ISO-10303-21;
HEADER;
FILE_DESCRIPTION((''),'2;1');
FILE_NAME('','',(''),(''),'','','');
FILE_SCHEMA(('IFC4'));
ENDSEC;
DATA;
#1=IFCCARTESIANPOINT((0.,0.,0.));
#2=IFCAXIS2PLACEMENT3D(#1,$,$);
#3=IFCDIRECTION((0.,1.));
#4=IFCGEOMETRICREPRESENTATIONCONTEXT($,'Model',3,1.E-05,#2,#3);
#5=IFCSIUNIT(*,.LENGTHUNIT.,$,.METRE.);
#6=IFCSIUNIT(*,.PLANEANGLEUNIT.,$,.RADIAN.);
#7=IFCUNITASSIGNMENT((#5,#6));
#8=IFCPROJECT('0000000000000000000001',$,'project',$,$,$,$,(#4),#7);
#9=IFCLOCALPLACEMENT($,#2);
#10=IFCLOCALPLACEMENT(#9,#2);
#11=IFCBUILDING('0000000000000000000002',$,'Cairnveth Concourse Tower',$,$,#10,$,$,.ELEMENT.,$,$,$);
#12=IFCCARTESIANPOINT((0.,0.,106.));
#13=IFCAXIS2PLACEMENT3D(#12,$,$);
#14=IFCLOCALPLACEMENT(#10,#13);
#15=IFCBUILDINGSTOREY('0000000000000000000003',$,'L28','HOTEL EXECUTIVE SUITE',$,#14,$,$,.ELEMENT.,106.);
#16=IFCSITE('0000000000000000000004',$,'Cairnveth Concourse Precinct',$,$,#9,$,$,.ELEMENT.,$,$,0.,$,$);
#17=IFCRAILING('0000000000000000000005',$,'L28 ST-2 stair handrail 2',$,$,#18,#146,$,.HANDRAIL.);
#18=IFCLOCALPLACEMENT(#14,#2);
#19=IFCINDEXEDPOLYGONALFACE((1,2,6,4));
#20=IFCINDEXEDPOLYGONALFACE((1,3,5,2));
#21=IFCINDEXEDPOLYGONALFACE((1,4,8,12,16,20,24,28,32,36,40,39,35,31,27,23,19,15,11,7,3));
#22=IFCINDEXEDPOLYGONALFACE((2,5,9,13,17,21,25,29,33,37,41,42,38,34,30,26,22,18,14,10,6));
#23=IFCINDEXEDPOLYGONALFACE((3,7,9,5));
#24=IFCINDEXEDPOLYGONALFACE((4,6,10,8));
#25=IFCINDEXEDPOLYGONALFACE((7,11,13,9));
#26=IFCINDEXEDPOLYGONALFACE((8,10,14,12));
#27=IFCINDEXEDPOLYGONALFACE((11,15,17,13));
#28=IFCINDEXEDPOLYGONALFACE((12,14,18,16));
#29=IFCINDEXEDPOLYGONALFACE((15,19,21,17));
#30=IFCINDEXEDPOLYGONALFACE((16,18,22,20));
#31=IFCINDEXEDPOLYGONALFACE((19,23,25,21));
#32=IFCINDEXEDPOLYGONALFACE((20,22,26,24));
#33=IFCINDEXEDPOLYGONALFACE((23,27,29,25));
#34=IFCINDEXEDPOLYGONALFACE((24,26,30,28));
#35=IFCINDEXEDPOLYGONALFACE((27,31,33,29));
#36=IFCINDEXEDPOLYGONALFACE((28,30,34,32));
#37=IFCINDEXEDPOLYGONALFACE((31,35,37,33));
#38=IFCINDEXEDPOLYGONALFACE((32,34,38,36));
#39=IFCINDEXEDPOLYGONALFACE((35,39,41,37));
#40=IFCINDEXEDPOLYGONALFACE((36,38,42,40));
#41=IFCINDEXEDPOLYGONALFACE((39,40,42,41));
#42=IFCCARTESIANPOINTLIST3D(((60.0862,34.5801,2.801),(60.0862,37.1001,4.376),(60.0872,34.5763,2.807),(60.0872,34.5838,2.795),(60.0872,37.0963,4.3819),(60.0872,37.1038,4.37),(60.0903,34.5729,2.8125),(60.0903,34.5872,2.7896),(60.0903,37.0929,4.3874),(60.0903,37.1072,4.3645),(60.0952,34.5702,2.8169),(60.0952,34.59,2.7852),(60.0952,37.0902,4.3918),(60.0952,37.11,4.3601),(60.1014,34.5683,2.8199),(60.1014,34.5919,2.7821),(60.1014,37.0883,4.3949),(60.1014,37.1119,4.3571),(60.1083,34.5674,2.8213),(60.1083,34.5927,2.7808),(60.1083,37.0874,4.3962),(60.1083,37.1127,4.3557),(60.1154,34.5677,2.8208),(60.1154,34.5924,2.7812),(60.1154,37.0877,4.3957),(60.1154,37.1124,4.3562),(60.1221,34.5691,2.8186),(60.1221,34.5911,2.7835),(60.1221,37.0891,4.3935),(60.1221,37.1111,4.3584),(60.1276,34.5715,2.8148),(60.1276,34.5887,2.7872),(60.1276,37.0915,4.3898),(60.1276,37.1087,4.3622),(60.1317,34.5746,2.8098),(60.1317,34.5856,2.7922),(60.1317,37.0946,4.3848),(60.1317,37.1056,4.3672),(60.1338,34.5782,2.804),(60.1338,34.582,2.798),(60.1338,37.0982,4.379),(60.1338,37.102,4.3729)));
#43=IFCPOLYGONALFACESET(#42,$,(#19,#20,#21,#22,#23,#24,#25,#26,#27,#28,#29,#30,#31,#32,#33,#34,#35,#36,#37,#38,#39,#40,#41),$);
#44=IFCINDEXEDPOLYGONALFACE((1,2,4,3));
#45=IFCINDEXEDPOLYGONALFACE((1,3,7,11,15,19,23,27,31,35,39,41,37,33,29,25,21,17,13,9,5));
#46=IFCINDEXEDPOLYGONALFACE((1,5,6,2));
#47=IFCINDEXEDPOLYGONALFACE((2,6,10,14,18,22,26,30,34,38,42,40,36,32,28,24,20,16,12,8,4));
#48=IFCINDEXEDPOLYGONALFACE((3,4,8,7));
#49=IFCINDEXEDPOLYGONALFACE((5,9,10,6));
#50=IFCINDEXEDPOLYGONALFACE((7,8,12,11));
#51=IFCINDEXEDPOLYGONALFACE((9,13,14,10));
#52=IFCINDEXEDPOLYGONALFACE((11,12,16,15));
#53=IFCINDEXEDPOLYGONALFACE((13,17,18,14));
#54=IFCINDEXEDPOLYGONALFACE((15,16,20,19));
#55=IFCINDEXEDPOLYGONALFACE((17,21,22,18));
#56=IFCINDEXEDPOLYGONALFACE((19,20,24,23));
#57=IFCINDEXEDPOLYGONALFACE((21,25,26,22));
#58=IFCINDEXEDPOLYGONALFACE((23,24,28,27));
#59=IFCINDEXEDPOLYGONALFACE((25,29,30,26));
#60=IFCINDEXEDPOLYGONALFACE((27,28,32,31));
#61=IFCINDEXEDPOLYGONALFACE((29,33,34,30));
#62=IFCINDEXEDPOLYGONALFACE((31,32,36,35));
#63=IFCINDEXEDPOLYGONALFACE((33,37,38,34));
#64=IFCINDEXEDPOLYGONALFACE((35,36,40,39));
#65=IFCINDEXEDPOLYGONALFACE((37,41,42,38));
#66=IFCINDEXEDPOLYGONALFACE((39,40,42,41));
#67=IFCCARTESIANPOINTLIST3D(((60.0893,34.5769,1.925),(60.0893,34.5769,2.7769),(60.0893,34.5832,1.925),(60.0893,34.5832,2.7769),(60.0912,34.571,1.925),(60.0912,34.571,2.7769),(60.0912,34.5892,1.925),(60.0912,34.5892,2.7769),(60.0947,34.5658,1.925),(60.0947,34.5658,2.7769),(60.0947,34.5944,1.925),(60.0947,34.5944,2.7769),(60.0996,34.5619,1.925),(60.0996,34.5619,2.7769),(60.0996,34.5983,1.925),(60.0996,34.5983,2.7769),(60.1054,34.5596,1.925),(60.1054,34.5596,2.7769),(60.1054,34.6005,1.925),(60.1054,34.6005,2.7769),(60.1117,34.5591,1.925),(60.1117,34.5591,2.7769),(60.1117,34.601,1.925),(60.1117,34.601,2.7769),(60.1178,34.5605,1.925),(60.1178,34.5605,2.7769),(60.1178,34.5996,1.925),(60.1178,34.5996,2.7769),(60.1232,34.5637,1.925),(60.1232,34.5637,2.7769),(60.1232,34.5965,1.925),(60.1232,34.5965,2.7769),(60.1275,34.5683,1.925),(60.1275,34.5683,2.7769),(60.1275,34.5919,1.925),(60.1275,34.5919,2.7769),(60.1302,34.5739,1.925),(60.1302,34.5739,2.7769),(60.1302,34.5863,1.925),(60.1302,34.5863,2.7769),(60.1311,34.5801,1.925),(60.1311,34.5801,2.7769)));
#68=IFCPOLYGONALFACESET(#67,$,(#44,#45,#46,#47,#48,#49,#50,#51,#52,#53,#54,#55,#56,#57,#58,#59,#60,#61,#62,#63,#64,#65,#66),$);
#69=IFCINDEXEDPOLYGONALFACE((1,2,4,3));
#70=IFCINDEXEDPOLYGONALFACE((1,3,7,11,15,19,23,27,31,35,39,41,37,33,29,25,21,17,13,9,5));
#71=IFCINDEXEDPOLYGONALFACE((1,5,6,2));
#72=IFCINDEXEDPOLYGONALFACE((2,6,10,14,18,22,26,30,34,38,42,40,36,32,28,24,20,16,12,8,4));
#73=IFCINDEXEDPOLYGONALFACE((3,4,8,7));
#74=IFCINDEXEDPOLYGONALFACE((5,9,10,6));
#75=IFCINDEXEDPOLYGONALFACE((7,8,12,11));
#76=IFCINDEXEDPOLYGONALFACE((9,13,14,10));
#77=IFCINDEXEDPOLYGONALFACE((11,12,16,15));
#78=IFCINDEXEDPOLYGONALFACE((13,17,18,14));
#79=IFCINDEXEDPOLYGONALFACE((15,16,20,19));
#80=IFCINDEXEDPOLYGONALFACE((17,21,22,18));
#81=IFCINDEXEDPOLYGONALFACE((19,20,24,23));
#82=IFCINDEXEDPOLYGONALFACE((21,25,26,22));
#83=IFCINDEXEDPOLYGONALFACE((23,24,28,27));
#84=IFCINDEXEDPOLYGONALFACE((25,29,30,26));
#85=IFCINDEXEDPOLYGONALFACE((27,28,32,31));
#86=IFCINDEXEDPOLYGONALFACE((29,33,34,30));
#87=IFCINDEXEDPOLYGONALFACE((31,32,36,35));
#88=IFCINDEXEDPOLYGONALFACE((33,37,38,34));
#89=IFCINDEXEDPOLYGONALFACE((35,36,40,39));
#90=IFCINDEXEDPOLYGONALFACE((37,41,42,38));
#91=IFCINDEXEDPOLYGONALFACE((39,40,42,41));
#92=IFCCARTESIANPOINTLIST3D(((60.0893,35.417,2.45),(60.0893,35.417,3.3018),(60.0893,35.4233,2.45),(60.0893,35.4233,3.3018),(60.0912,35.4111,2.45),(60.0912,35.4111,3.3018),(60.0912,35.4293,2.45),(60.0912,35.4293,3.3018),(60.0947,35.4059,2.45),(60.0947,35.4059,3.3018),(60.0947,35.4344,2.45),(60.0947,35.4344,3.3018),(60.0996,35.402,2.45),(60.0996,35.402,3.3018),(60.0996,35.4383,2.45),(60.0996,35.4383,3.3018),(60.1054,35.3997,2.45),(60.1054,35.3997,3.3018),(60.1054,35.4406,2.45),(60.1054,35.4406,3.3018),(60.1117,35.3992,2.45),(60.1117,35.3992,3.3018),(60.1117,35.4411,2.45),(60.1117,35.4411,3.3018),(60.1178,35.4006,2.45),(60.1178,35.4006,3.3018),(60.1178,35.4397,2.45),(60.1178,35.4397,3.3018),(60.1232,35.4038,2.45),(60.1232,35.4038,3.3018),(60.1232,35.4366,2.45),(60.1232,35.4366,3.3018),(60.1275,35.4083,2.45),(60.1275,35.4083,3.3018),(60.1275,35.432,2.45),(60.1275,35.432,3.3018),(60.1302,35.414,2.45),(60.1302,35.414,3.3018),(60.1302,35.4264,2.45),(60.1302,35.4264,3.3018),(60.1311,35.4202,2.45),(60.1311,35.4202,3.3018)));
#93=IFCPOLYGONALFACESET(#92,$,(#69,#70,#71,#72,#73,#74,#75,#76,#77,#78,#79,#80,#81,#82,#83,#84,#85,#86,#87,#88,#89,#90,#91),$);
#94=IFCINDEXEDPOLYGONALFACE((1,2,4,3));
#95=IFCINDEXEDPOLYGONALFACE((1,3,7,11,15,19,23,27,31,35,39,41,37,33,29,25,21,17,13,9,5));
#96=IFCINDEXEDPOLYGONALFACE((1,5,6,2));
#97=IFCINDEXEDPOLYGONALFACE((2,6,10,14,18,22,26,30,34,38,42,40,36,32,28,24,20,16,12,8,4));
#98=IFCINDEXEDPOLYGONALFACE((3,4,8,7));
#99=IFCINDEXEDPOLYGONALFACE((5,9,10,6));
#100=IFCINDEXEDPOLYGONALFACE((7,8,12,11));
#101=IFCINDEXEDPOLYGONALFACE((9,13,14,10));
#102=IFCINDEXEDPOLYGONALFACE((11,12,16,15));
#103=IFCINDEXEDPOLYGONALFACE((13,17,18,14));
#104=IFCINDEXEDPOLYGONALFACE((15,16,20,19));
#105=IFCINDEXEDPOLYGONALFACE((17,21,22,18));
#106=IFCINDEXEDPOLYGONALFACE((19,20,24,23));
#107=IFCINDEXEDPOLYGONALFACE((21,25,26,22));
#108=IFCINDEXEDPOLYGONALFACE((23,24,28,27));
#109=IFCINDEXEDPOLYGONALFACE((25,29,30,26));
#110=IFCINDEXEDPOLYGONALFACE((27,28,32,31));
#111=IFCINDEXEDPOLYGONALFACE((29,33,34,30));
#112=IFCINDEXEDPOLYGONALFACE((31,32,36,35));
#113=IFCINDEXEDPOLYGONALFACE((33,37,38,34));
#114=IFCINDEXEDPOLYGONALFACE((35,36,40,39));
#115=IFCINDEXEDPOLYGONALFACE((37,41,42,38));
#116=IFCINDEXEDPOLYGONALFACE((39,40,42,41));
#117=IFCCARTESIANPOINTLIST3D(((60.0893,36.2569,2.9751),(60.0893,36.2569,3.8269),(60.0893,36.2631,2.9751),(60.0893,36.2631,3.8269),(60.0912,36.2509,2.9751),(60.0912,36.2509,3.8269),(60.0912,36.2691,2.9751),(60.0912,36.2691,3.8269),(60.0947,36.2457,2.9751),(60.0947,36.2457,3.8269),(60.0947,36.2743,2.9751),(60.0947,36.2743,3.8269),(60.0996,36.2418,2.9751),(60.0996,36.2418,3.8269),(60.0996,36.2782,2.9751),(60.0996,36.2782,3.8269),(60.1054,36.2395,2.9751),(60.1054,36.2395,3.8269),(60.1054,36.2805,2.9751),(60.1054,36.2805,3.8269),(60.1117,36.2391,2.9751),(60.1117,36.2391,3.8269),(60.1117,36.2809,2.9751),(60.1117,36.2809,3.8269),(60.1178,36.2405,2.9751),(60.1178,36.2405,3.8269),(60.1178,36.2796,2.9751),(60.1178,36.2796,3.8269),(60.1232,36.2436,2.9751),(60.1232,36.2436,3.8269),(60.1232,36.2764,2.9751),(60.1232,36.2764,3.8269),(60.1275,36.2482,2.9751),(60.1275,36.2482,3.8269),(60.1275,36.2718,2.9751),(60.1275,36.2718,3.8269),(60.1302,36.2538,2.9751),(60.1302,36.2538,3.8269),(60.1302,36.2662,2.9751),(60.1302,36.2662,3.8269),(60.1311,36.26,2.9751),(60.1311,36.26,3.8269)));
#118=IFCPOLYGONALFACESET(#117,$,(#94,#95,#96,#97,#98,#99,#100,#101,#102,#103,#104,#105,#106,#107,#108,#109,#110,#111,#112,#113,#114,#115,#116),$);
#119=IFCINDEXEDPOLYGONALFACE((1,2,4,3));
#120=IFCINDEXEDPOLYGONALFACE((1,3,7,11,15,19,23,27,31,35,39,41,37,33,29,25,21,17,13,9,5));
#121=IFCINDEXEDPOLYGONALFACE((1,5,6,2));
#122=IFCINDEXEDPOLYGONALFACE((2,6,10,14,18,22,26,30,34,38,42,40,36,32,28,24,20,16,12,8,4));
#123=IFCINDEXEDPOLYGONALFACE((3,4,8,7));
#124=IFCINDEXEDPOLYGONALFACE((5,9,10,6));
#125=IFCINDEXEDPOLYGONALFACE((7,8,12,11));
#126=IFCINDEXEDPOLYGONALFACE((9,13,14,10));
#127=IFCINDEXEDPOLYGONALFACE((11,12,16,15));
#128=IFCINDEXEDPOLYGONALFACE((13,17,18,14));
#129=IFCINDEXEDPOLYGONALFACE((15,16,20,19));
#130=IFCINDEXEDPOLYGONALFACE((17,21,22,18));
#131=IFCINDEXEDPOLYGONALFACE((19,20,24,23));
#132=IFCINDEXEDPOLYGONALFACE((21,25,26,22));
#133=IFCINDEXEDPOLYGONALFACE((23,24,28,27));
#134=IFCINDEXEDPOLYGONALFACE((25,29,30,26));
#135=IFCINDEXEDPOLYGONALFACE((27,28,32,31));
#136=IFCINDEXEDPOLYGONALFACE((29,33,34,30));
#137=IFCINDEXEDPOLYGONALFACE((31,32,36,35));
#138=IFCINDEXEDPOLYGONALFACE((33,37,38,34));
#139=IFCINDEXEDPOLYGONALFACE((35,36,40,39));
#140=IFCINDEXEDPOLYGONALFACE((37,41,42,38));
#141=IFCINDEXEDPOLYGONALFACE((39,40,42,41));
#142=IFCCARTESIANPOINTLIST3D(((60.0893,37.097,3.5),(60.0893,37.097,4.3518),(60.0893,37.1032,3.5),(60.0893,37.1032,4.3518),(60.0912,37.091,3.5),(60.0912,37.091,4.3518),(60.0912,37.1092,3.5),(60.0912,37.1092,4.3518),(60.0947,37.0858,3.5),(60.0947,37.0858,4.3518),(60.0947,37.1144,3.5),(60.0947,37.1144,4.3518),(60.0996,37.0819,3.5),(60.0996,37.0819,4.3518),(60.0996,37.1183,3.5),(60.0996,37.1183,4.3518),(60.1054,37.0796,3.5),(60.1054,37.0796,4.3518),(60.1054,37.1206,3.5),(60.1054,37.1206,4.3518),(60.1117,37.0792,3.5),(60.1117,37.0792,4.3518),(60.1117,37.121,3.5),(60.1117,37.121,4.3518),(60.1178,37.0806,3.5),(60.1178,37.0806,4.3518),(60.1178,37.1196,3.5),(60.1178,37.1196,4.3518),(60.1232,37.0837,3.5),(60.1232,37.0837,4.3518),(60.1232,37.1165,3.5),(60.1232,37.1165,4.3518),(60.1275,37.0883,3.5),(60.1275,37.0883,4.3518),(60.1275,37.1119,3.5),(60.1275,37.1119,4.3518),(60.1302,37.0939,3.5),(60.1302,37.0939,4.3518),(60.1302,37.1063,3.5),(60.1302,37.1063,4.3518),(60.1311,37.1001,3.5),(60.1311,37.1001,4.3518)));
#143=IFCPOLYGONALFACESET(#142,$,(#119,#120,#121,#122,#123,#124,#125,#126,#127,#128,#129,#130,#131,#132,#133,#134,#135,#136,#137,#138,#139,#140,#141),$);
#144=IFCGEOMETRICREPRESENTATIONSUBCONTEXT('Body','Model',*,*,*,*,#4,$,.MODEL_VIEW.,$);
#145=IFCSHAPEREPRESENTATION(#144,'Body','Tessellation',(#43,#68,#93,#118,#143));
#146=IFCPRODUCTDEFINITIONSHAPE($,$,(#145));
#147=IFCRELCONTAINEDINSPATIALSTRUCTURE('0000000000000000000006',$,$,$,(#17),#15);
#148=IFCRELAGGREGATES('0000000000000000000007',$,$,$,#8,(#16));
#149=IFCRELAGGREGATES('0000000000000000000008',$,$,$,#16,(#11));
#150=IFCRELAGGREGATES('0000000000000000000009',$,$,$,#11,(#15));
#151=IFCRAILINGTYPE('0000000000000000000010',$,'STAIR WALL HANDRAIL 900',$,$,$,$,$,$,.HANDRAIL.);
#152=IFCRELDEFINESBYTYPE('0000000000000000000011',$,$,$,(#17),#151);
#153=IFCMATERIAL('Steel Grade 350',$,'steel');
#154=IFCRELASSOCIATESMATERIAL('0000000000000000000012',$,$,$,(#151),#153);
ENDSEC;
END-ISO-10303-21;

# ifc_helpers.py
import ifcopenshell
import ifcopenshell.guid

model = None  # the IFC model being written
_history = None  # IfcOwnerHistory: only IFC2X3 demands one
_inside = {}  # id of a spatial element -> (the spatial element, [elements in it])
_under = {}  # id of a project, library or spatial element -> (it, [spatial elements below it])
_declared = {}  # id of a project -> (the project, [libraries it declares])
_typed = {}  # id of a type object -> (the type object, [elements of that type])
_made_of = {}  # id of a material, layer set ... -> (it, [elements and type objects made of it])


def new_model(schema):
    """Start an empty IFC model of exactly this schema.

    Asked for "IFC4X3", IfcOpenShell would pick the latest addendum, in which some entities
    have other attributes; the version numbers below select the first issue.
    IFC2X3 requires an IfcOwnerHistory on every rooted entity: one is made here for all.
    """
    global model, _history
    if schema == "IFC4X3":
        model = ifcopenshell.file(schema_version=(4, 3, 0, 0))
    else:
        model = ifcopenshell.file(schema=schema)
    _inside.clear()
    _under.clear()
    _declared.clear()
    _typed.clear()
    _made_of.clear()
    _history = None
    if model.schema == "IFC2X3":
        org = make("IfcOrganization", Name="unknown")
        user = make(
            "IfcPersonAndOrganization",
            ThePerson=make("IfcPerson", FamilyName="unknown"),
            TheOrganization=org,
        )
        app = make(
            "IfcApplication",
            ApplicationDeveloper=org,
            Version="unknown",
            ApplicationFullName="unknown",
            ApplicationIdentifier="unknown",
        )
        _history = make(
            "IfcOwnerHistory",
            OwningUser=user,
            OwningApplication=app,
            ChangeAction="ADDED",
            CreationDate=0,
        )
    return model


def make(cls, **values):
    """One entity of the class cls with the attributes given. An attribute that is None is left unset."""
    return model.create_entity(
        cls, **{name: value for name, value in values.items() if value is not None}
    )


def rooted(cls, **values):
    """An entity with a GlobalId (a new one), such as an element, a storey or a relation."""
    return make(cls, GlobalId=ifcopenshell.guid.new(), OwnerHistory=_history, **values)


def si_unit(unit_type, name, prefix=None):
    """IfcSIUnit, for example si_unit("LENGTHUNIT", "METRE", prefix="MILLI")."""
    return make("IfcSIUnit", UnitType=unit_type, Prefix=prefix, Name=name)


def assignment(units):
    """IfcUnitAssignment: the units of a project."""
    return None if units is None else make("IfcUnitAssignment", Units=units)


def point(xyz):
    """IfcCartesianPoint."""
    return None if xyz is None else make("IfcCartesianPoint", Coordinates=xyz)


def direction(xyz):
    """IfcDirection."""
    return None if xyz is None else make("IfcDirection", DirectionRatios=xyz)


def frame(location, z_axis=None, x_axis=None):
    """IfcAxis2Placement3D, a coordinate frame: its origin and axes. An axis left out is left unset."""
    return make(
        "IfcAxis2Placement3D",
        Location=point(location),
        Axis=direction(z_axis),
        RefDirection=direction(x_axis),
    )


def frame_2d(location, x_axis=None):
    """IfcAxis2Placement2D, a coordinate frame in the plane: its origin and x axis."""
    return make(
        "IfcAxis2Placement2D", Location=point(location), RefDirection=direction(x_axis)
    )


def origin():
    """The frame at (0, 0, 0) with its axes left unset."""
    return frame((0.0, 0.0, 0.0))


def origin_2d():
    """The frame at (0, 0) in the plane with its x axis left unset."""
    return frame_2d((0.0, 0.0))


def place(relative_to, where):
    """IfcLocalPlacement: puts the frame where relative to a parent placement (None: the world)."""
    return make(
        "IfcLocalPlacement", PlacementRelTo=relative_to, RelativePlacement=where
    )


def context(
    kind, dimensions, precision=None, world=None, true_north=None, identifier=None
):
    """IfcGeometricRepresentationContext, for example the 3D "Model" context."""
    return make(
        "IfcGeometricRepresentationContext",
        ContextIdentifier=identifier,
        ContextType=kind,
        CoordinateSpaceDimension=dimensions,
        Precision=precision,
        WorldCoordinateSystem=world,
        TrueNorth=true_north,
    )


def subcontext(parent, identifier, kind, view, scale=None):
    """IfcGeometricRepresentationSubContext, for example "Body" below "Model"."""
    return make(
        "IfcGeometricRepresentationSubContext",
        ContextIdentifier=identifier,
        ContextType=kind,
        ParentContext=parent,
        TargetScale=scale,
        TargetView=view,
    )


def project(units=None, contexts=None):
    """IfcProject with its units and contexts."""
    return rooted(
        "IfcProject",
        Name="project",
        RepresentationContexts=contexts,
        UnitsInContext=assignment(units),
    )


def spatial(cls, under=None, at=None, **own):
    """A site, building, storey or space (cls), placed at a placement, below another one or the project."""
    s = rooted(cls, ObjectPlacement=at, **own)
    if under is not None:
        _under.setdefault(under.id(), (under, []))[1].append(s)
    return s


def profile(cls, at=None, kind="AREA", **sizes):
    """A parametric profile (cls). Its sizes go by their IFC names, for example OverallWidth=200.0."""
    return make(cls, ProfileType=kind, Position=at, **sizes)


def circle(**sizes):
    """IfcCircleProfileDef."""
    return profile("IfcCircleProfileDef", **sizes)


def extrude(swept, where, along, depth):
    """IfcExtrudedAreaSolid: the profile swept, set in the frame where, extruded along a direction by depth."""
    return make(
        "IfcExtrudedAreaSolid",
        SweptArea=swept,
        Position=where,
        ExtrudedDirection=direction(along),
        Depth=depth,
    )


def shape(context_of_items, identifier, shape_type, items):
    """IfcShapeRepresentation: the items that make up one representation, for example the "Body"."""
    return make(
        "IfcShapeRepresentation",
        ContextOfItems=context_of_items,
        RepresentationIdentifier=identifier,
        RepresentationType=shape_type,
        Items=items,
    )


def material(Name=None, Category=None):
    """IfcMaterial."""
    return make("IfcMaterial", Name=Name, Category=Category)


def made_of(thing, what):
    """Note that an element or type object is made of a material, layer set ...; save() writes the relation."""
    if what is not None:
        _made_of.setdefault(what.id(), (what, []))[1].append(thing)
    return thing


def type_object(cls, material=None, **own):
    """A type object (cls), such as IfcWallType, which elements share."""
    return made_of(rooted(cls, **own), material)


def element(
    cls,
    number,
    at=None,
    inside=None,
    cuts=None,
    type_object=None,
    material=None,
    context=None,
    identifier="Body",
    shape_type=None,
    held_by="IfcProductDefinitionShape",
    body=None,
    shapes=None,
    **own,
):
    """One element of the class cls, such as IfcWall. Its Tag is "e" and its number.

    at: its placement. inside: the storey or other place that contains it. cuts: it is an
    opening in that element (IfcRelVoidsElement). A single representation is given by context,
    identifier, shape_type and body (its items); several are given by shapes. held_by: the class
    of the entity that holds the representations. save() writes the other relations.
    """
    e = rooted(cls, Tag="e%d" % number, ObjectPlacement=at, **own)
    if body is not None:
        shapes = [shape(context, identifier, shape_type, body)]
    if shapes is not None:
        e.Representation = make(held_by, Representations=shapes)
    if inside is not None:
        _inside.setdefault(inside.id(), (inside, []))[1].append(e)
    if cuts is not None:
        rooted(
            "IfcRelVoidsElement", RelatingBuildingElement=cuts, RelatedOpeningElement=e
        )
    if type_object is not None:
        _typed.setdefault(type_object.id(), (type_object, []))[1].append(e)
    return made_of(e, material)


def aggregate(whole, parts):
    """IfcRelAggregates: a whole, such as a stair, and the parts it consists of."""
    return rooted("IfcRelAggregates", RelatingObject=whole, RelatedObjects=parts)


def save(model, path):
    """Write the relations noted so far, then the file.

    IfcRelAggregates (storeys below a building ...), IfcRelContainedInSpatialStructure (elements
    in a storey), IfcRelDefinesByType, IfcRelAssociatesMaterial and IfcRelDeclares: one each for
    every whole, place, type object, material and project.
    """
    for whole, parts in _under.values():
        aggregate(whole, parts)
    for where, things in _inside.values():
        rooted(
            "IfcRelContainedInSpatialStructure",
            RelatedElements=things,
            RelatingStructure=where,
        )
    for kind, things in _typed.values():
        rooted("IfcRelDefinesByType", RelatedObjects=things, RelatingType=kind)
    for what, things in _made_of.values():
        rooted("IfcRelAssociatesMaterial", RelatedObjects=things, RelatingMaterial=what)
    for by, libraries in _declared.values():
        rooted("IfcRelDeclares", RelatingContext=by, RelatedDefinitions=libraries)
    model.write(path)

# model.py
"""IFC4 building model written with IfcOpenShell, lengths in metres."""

from ifc_helpers import new_model, si_unit, direction, frame, origin, origin_2d, place, context, subcontext, project, spatial, circle, extrude, material, type_object, element, save


model = new_model("IFC4")

# Units and contexts
model_context = context("Model", 3, precision=1e-05, world=origin(), true_north=direction((0.0, 1.0)))
body_context = subcontext(model_context, "Body", "Model", "MODEL_VIEW")
ifc_project = project(units=[si_unit("LENGTHUNIT", "METRE"), si_unit("PLANEANGLEUNIT", "RADIAN")], contexts=[model_context])

# Site, building, storey
site_placement = place(None, origin())
site = spatial("IfcSite", under=ifc_project, at=site_placement, Name="Cairnveth Concourse Precinct", CompositionType="ELEMENT", RefElevation=0.0)
building_placement = place(site_placement, origin())
building = spatial("IfcBuilding", under=site, at=building_placement, Name="Cairnveth Concourse Tower", CompositionType="ELEMENT")
storey_placement = place(building_placement, frame((0.0, 0.0, 106.0)))
storey = spatial("IfcBuildingStorey", under=building, at=storey_placement, Name="L28", Description="HOTEL EXECUTIVE SUITE", CompositionType="ELEMENT", Elevation=106.0)

# Shared definitions
ifc_material_1 = material(Name="Steel Grade 350", Category="steel")

# Railing
railing_type_1 = type_object("IfcRailingType", Name="STAIR WALL HANDRAIL 900", PredefinedType="HANDRAIL", material=ifc_material_1)
railing_1_placement = place(storey_placement, frame((60.1101, 34.5801, 1.925)))
element("IfcRailing", 1, at=railing_1_placement, inside=storey, type_object=railing_type_1, Name="L28 ST-2 stair handrail 2", PredefinedType="HANDRAIL", context=body_context, shape_type="SweptSolid", body=[
    extrude(circle(Radius=0.0239, at=origin_2d()), frame((0.0, 0.0, 0.876), z_axis=(0.0, 0.848008, 0.529984), x_axis=(-1.0, 0.0, 0.0)), (0.0, 0.0, 1.0), 2.9717),
    extrude(circle(Radius=0.021, at=origin_2d()), origin(), (0.0, 0.0, 1.0), 0.8518),
    extrude(circle(Radius=0.021, at=origin_2d()), frame((0.0, 0.8401, 0.5249)), (0.0, 0.0, 1.0), 0.8518),
    extrude(circle(Radius=0.021, at=origin_2d()), frame((0.0, 1.6799, 1.05)), (0.0, 0.0, 1.0), 0.8518),
    extrude(circle(Radius=0.021, at=origin_2d()), frame((0.0, 2.52, 1.575)), (0.0, 0.0, 1.0), 0.8518),
])

save(model, "model.ifc")
